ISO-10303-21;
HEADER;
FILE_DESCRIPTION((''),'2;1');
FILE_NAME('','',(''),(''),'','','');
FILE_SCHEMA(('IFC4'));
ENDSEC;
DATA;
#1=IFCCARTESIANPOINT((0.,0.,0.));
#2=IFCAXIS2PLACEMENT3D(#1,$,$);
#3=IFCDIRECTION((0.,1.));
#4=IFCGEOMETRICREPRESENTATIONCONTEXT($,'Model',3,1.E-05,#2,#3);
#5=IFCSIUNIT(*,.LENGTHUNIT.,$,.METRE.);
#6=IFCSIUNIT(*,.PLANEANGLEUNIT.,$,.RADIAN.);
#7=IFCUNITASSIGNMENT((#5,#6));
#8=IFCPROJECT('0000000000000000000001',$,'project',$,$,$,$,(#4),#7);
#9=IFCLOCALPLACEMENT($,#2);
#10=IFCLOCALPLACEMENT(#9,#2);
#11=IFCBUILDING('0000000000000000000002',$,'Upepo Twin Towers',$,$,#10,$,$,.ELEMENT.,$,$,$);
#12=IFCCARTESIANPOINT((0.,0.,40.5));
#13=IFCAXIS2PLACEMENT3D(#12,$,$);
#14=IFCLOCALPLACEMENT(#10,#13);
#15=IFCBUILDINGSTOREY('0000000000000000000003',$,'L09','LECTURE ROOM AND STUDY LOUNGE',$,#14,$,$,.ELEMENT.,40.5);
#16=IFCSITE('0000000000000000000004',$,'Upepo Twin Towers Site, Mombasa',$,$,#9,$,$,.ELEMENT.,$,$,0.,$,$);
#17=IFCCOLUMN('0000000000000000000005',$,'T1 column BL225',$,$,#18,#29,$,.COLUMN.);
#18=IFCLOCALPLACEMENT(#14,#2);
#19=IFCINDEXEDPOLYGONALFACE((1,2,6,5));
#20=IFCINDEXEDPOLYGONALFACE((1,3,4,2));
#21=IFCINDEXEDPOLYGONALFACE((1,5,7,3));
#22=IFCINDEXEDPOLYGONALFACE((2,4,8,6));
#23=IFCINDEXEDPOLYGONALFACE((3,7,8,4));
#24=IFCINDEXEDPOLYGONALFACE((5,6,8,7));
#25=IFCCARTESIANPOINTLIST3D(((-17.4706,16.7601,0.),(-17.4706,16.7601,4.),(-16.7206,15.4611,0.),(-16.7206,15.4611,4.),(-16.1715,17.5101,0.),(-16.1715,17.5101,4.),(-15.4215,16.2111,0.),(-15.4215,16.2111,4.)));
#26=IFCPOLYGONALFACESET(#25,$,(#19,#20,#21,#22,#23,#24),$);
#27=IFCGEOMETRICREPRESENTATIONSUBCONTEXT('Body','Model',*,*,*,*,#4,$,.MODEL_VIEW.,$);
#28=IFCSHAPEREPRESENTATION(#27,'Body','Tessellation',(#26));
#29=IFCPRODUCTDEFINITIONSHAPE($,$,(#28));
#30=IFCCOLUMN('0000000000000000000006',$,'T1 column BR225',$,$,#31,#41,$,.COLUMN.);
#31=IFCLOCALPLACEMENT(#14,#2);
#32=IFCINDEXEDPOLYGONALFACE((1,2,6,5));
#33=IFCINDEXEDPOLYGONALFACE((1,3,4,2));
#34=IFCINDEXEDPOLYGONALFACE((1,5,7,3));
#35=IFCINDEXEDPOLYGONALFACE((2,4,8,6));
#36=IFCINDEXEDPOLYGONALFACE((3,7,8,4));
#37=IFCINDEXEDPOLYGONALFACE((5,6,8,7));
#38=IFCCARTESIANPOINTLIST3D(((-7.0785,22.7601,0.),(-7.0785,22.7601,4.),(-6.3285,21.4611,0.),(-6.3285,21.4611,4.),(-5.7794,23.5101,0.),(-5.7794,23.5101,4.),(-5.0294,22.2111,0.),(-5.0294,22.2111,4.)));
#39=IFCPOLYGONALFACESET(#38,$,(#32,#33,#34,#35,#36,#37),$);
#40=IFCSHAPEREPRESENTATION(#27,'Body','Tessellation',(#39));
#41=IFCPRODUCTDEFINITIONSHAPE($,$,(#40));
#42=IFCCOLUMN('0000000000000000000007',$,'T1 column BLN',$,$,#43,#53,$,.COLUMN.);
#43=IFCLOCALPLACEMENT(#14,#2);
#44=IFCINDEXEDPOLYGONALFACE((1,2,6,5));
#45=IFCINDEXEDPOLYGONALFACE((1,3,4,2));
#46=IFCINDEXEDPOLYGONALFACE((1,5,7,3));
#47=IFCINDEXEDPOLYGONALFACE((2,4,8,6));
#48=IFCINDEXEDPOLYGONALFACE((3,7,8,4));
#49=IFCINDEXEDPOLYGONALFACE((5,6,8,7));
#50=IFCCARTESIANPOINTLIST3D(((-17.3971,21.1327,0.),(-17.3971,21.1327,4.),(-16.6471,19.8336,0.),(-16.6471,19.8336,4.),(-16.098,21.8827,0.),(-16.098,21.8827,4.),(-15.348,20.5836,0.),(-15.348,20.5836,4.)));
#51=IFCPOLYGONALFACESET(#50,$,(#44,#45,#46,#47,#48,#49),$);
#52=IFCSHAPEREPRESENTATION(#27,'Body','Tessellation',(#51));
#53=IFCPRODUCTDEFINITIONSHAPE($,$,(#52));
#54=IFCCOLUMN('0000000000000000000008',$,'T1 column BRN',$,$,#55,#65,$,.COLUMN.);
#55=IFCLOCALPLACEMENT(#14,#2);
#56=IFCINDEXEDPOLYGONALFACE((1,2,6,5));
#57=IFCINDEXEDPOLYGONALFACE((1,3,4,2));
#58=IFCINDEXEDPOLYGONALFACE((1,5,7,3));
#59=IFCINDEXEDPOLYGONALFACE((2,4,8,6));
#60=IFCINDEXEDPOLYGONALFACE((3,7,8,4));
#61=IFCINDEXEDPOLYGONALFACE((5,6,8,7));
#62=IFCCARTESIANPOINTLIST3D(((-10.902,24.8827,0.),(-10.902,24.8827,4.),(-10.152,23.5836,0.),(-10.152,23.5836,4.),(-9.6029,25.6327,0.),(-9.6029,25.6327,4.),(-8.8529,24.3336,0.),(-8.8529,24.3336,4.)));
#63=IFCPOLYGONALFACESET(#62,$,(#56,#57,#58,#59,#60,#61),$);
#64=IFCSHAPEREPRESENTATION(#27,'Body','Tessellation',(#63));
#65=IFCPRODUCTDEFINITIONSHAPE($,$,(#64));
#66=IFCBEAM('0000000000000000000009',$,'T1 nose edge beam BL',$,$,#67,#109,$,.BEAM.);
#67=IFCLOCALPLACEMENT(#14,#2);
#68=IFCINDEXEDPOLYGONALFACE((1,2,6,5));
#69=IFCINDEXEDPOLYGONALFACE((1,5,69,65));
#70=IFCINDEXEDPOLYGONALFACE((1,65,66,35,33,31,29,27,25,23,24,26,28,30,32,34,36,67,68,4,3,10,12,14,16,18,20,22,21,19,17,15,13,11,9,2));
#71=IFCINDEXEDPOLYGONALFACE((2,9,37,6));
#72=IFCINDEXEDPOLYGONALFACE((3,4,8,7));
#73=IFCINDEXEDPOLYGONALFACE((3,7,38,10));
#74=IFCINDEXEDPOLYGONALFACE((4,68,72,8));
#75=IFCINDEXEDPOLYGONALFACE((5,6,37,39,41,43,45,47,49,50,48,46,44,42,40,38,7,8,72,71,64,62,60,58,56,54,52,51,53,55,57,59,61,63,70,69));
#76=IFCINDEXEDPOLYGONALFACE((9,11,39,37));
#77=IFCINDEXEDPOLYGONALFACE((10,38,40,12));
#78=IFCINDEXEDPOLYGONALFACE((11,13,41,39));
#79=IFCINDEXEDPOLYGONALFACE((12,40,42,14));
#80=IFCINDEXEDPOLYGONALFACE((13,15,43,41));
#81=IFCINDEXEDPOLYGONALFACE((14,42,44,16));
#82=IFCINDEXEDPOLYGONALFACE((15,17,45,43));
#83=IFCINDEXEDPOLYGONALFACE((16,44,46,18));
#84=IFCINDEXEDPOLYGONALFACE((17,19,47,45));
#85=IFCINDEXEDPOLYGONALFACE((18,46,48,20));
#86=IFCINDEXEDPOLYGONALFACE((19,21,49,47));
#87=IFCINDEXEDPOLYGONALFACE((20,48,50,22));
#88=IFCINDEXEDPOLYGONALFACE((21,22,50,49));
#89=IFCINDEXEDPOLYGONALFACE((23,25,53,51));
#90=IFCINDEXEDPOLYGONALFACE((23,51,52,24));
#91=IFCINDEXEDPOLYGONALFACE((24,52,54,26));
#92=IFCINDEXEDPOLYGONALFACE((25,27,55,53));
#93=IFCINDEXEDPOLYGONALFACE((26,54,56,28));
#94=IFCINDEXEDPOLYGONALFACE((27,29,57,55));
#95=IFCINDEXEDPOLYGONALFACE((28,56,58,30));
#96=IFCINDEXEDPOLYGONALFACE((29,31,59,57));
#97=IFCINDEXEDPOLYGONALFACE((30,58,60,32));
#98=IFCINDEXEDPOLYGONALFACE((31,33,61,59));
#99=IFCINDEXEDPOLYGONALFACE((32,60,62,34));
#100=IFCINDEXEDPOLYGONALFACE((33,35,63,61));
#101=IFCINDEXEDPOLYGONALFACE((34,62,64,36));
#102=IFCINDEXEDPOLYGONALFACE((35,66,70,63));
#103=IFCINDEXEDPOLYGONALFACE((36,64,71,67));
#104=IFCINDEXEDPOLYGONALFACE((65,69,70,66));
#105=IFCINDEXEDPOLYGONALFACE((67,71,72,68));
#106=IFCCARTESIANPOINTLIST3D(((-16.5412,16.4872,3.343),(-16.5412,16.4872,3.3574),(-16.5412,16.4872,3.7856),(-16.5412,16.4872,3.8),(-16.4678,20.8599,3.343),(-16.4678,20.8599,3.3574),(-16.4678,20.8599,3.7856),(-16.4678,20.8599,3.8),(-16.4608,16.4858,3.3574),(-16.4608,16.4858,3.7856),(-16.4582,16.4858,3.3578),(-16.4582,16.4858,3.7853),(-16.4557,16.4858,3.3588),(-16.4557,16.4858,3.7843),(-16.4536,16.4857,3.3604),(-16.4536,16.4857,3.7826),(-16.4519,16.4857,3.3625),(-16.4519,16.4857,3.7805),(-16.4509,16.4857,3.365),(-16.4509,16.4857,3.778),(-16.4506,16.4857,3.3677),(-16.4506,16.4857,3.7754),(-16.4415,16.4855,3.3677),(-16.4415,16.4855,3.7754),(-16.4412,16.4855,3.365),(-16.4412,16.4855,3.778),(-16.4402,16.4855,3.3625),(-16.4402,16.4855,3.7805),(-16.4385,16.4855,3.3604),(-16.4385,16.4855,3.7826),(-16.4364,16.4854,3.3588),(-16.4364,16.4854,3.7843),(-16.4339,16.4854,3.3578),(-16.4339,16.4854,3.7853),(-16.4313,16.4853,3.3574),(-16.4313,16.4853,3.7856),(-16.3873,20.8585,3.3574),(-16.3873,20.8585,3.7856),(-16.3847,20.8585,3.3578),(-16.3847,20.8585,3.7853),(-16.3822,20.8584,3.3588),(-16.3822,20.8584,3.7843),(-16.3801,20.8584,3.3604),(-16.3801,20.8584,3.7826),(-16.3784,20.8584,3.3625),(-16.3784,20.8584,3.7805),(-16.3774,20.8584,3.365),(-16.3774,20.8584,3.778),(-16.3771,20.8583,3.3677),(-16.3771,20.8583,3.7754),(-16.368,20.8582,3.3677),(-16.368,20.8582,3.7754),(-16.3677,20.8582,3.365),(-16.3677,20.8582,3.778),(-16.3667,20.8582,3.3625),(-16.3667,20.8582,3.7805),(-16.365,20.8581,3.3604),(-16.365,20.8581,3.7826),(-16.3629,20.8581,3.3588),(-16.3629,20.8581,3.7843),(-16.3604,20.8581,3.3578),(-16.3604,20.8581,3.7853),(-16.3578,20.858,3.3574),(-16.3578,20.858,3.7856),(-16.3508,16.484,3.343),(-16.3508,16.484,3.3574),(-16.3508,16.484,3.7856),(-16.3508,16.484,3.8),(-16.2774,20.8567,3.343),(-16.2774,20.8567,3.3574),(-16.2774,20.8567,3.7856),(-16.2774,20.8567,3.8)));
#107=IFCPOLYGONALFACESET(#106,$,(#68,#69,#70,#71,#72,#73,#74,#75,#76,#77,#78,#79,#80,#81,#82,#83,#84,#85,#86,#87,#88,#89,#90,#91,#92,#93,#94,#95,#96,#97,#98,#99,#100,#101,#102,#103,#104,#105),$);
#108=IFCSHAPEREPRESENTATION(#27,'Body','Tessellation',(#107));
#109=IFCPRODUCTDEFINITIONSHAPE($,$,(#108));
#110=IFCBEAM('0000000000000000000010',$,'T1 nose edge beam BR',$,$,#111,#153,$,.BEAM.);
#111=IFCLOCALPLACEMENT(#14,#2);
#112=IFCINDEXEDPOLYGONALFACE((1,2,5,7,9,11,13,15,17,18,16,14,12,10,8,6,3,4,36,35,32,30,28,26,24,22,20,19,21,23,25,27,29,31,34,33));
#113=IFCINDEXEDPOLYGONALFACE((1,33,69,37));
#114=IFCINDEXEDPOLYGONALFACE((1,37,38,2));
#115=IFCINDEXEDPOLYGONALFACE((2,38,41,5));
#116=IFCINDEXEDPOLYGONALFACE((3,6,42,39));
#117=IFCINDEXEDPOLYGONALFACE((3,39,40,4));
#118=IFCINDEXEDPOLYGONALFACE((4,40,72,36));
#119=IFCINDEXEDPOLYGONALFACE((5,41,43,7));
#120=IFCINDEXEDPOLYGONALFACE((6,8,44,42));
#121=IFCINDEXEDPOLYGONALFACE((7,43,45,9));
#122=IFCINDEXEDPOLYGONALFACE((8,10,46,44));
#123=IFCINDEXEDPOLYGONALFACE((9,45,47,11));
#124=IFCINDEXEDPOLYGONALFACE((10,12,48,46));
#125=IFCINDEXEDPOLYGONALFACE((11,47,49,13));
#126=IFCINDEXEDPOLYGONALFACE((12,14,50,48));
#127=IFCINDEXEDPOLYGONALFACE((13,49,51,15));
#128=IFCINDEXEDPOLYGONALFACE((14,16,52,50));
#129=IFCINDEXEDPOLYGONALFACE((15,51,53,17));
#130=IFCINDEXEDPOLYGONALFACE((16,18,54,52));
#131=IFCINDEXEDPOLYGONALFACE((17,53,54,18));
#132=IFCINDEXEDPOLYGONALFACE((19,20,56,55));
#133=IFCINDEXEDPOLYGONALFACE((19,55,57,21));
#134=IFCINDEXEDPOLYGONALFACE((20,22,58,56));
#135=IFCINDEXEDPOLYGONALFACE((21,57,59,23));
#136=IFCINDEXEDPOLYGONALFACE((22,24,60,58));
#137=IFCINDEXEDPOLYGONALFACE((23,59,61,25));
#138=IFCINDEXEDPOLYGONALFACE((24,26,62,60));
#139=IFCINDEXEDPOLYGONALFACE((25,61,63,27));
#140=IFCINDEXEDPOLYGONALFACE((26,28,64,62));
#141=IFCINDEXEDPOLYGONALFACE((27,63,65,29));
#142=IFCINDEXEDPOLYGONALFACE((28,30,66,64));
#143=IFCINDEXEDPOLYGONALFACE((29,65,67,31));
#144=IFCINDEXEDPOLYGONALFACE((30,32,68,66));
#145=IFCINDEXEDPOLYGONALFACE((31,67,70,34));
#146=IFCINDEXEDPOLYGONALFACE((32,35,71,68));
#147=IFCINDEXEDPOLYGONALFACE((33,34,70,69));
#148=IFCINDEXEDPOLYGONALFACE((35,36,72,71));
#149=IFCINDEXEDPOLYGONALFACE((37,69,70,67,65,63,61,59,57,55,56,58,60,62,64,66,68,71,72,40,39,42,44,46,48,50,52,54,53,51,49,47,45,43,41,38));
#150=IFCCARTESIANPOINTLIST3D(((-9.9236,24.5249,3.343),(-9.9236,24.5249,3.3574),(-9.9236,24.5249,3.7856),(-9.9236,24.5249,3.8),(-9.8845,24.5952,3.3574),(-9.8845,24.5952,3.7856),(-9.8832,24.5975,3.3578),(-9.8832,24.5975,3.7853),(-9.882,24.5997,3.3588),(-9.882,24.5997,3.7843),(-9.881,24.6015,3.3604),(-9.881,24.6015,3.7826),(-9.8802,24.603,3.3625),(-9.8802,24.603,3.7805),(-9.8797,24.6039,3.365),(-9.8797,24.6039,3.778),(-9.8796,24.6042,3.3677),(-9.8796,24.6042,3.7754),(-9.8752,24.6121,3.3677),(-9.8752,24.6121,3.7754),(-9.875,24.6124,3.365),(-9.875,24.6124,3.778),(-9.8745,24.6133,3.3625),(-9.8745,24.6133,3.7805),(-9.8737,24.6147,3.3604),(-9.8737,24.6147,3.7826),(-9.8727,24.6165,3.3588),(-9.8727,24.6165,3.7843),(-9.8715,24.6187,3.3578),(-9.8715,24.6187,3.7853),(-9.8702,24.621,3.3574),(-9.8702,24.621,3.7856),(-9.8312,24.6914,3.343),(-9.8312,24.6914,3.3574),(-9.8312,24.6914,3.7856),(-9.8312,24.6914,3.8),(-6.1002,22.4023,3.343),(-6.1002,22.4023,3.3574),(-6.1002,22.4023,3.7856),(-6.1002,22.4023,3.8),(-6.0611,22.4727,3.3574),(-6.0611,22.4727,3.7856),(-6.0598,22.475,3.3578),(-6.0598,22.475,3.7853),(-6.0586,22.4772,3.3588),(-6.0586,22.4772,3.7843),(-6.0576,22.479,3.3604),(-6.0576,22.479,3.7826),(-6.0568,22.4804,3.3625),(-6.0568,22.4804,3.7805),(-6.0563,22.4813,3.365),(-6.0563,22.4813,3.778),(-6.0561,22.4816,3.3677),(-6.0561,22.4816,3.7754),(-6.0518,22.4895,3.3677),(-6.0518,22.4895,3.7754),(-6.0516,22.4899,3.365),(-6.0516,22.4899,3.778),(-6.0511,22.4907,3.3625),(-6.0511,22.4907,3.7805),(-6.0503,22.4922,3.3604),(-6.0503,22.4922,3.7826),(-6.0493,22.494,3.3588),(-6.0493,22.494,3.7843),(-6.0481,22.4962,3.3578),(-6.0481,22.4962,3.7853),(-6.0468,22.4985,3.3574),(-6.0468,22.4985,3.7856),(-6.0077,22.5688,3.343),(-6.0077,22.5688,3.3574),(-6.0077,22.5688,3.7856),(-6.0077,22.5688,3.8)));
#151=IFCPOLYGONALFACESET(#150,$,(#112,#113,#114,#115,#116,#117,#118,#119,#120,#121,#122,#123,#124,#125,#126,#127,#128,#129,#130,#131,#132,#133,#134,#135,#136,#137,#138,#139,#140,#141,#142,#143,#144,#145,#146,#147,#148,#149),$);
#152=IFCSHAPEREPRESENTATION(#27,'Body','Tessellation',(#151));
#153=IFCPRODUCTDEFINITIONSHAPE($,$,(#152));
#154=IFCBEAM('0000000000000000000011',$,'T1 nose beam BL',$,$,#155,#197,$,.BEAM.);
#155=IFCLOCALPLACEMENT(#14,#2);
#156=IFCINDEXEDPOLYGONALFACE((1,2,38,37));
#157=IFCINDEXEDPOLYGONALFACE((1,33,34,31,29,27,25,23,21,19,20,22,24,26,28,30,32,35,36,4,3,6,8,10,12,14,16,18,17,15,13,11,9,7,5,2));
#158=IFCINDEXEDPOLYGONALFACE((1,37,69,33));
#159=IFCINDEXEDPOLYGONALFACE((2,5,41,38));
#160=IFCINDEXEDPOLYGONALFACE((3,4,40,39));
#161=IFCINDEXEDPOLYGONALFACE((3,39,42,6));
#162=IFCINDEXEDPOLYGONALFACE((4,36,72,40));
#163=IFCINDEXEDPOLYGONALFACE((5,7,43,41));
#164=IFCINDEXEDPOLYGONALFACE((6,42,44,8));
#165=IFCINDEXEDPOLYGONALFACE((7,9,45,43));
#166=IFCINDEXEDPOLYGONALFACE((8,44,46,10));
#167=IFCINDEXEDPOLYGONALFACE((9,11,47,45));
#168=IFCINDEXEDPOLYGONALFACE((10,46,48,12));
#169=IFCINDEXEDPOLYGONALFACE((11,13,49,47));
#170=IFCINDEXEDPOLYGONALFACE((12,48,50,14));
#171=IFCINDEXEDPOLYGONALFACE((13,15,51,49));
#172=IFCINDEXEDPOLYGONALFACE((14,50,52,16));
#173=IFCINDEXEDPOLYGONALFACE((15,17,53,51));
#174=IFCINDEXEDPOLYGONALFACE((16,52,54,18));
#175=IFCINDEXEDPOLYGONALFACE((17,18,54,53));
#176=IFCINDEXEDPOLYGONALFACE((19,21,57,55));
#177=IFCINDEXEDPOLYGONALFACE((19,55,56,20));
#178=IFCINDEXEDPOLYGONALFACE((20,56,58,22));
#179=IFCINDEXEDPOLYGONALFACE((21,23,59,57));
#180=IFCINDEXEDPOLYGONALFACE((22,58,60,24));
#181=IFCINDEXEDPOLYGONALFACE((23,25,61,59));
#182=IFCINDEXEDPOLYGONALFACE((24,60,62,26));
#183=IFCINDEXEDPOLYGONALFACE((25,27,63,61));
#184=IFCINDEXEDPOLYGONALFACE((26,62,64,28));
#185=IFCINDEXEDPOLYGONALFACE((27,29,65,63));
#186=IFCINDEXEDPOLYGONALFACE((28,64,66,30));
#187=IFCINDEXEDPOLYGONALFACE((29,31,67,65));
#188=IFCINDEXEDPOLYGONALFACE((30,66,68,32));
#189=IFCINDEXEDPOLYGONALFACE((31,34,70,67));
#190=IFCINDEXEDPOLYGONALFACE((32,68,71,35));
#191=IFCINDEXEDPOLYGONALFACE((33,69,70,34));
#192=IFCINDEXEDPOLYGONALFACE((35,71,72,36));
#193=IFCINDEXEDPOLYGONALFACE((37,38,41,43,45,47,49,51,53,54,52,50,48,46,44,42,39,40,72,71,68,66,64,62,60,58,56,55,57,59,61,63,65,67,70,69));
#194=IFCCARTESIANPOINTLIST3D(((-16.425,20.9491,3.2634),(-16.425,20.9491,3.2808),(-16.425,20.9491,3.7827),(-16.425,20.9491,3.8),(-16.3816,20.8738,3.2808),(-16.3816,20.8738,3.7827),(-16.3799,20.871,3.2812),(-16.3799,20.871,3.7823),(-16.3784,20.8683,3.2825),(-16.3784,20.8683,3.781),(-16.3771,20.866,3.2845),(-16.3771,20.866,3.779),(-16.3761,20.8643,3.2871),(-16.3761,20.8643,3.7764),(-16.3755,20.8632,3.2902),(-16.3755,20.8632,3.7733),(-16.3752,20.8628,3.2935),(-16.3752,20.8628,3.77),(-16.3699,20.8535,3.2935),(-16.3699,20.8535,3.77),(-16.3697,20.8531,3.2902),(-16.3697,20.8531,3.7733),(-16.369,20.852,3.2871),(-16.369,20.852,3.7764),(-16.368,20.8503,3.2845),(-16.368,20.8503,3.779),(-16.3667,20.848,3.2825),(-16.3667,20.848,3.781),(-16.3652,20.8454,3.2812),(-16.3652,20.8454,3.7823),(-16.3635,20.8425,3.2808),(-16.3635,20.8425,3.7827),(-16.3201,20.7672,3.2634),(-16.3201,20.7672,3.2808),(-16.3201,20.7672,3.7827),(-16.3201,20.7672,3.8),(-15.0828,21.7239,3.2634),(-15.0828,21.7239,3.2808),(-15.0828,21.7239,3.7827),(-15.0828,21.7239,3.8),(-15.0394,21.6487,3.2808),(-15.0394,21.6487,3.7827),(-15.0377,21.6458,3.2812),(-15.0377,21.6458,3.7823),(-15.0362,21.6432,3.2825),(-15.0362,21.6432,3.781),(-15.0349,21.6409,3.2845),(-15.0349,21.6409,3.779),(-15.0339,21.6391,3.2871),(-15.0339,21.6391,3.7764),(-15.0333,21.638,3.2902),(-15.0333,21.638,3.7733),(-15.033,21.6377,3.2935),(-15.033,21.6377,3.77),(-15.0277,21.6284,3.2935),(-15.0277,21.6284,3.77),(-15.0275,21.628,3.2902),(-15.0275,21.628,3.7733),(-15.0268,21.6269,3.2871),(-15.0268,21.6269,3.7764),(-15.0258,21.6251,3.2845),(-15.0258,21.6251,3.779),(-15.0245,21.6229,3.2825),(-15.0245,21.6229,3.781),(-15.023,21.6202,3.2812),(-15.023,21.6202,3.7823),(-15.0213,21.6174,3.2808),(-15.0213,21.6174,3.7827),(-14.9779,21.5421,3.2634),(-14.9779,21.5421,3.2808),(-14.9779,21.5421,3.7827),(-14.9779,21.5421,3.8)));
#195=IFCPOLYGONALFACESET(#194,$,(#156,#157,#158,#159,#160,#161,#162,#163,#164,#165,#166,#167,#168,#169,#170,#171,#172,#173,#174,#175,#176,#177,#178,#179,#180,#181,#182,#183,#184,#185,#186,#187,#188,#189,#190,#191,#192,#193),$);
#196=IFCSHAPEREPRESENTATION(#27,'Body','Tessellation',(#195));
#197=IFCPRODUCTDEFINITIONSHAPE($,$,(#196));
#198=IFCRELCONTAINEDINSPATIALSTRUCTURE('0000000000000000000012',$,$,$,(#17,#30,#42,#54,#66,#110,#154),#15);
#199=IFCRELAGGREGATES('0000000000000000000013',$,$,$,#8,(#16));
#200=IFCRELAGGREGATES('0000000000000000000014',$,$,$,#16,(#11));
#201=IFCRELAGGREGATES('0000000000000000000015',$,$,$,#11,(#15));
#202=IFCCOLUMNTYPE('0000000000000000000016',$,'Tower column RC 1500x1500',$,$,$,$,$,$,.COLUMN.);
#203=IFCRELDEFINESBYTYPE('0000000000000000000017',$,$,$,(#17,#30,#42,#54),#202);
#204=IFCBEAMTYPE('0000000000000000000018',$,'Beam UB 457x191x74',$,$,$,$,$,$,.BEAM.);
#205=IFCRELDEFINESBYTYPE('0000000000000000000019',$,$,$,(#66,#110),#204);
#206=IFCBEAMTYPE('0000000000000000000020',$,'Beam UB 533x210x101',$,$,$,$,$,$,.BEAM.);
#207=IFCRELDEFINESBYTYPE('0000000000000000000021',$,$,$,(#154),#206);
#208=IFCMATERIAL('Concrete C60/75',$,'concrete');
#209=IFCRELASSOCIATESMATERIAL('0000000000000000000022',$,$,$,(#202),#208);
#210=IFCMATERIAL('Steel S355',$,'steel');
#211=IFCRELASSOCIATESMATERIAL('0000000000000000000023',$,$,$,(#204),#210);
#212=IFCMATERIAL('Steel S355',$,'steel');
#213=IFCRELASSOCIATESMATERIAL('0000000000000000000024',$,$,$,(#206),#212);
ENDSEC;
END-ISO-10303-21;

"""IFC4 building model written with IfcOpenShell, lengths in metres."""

from ifc_helpers import new_model, si_unit, direction, frame, origin, origin_2d, place, context, subcontext, project, spatial, rectangle, i_section, extrude, material, material_profile, profile_set, type_object, element, save


model = new_model("IFC4")

# Units and contexts
model_context = context("Model", 3, precision=1e-05, world=origin(), true_north=direction((0.0, 1.0)))
body_context = subcontext(model_context, "Body", "Model", "MODEL_VIEW")
ifc_project = project(units=[si_unit("LENGTHUNIT", "METRE"), si_unit("PLANEANGLEUNIT", "RADIAN")], contexts=[model_context])

# Site, building, storey
site_placement = place(None, origin())
site = spatial("IfcSite", under=ifc_project, at=site_placement, Name="Upepo Twin Towers Site, Mombasa", CompositionType="ELEMENT", RefElevation=0.0)
building_placement = place(site_placement, origin())
building = spatial("IfcBuilding", under=site, at=building_placement, Name="Upepo Twin Towers", CompositionType="ELEMENT")
storey_placement = place(building_placement, frame((0.0, 0.0, 40.5)))
storey = spatial("IfcBuildingStorey", under=building, at=storey_placement, Name="L09", Description="LECTURE ROOM AND STUDY LOUNGE", CompositionType="ELEMENT", Elevation=40.5)

# Columns
ifc_material_1 = material(Name="Concrete C60/75", Category="concrete")
ifc_material_profile_1 = material_profile(ifc_material_1, rectangle(XDim=1.5, YDim=1.5, at=origin_2d()), Name="RC 1500x1500")
ifc_profile_set_1 = profile_set([ifc_material_profile_1], Name="Concrete C60/75")
column_type = type_object("IfcColumnType", Name="Tower column RC 1500x1500", PredefinedType="COLUMN", material=ifc_profile_set_1)
for number, where, z_axis, x_axis, name in (
    (1, (-16.446, 16.4856, 0.0), (0.0, 0.0, 1.0), (0.866025, 0.5, 0.0), "T1 column BL225"),
    (2, (-6.054, 22.4856, 0.0), (0.0, 0.0, 1.0), (0.866025, 0.5, 0.0), "T1 column BR225"),
    (3, (-16.3726, 20.8582, 0.0), (0.0, 0.0, 1.0), (0.866025, 0.5, 0.0), "T1 column BLN"),
    (4, (-9.8774, 24.6082, 0.0), (0.0, 0.0, 1.0), (0.866025, 0.5, 0.0), "T1 column BRN"),
):
    element("IfcColumn", number, at=place(storey_placement, frame(where, z_axis=z_axis, x_axis=x_axis)), inside=storey, type_object=column_type, Name=name, PredefinedType="COLUMN", context=body_context, shape_type="SweptSolid", body=[
        extrude(rectangle(XDim=1.5, YDim=1.5, at=origin_2d()), origin(), (0.0, 0.0, 1.0), 4.0),
    ])

# Beams
ifc_material_2 = material(Name="Steel S355", Category="steel")
ifc_material_profile_2 = material_profile(ifc_material_2, i_section(OverallWidth=0.1904, OverallDepth=0.457, WebThickness=0.009, FlangeThickness=0.0144, FilletRadius=0.0103, at=origin_2d()), Name="UB 457x191x74")
ifc_profile_set_2 = profile_set([ifc_material_profile_2], Name="Steel S355")
beam_type_1 = type_object("IfcBeamType", Name="Beam UB 457x191x74", PredefinedType="BEAM", material=ifc_profile_set_2)
beam_1_placement = place(storey_placement, frame((-16.446, 16.4856, 3.5715), z_axis=(0.016804, 0.999859, 0.0), x_axis=(-0.999859, 0.016804, 0.0)))
element("IfcBeam", 5, at=beam_1_placement, inside=storey, type_object=beam_type_1, Name="T1 nose edge beam BL", PredefinedType="BEAM", context=body_context, shape_type="SweptSolid", body=[
    extrude(i_section(OverallWidth=0.1904, OverallDepth=0.457, WebThickness=0.009, FlangeThickness=0.0144, FilletRadius=0.0103, at=origin_2d()), origin(), (0.0, 0.0, 1.0), 4.3733),
])
beam_2_placement = place(storey_placement, frame((-6.054, 22.4856, 3.5715), z_axis=(-0.874313, 0.485363, 0.0), x_axis=(-0.485363, -0.874313, 0.0)))
element("IfcBeam", 6, at=beam_2_placement, inside=storey, type_object=beam_type_1, Name="T1 nose edge beam BR", PredefinedType="BEAM", context=body_context, shape_type="SweptSolid", body=[
    extrude(i_section(OverallWidth=0.1904, OverallDepth=0.457, WebThickness=0.009, FlangeThickness=0.0144, FilletRadius=0.0103, at=origin_2d()), origin(), (0.0, 0.0, 1.0), 4.373),
])
ifc_material_3 = material(Name="Steel S355", Category="steel")
ifc_material_profile_3 = material_profile(ifc_material_3, i_section(OverallWidth=0.21, OverallDepth=0.5366, WebThickness=0.0107, FlangeThickness=0.0173, FilletRadius=0.0127, at=origin_2d()), Name="UB 533x210x101")
ifc_profile_set_3 = profile_set([ifc_material_profile_3], Name="Steel S355")
beam_type_2 = type_object("IfcBeamType", Name="Beam UB 533x210x101", PredefinedType="BEAM", material=ifc_profile_set_3)
for number, where, z_axis, x_axis, name in (
    (7, (-16.3726, 20.8582, 3.5317), (0.866044, 0.499968, 0.0), (-0.499968, 0.866044, 0.0), "T1 nose beam BL"),
):
    element("IfcBeam", number, at=place(storey_placement, frame(where, z_axis=z_axis, x_axis=x_axis)), inside=storey, type_object=beam_type_2, Name=name, PredefinedType="BEAM", context=body_context, shape_type="SweptSolid", body=[
        extrude(i_section(OverallWidth=0.21, OverallDepth=0.5366, WebThickness=0.0107, FlangeThickness=0.0173, FilletRadius=0.0127, at=origin_2d()), origin(), (0.0, 0.0, 1.0), 1.5498),
    ])

save(model, "model.ifc")
